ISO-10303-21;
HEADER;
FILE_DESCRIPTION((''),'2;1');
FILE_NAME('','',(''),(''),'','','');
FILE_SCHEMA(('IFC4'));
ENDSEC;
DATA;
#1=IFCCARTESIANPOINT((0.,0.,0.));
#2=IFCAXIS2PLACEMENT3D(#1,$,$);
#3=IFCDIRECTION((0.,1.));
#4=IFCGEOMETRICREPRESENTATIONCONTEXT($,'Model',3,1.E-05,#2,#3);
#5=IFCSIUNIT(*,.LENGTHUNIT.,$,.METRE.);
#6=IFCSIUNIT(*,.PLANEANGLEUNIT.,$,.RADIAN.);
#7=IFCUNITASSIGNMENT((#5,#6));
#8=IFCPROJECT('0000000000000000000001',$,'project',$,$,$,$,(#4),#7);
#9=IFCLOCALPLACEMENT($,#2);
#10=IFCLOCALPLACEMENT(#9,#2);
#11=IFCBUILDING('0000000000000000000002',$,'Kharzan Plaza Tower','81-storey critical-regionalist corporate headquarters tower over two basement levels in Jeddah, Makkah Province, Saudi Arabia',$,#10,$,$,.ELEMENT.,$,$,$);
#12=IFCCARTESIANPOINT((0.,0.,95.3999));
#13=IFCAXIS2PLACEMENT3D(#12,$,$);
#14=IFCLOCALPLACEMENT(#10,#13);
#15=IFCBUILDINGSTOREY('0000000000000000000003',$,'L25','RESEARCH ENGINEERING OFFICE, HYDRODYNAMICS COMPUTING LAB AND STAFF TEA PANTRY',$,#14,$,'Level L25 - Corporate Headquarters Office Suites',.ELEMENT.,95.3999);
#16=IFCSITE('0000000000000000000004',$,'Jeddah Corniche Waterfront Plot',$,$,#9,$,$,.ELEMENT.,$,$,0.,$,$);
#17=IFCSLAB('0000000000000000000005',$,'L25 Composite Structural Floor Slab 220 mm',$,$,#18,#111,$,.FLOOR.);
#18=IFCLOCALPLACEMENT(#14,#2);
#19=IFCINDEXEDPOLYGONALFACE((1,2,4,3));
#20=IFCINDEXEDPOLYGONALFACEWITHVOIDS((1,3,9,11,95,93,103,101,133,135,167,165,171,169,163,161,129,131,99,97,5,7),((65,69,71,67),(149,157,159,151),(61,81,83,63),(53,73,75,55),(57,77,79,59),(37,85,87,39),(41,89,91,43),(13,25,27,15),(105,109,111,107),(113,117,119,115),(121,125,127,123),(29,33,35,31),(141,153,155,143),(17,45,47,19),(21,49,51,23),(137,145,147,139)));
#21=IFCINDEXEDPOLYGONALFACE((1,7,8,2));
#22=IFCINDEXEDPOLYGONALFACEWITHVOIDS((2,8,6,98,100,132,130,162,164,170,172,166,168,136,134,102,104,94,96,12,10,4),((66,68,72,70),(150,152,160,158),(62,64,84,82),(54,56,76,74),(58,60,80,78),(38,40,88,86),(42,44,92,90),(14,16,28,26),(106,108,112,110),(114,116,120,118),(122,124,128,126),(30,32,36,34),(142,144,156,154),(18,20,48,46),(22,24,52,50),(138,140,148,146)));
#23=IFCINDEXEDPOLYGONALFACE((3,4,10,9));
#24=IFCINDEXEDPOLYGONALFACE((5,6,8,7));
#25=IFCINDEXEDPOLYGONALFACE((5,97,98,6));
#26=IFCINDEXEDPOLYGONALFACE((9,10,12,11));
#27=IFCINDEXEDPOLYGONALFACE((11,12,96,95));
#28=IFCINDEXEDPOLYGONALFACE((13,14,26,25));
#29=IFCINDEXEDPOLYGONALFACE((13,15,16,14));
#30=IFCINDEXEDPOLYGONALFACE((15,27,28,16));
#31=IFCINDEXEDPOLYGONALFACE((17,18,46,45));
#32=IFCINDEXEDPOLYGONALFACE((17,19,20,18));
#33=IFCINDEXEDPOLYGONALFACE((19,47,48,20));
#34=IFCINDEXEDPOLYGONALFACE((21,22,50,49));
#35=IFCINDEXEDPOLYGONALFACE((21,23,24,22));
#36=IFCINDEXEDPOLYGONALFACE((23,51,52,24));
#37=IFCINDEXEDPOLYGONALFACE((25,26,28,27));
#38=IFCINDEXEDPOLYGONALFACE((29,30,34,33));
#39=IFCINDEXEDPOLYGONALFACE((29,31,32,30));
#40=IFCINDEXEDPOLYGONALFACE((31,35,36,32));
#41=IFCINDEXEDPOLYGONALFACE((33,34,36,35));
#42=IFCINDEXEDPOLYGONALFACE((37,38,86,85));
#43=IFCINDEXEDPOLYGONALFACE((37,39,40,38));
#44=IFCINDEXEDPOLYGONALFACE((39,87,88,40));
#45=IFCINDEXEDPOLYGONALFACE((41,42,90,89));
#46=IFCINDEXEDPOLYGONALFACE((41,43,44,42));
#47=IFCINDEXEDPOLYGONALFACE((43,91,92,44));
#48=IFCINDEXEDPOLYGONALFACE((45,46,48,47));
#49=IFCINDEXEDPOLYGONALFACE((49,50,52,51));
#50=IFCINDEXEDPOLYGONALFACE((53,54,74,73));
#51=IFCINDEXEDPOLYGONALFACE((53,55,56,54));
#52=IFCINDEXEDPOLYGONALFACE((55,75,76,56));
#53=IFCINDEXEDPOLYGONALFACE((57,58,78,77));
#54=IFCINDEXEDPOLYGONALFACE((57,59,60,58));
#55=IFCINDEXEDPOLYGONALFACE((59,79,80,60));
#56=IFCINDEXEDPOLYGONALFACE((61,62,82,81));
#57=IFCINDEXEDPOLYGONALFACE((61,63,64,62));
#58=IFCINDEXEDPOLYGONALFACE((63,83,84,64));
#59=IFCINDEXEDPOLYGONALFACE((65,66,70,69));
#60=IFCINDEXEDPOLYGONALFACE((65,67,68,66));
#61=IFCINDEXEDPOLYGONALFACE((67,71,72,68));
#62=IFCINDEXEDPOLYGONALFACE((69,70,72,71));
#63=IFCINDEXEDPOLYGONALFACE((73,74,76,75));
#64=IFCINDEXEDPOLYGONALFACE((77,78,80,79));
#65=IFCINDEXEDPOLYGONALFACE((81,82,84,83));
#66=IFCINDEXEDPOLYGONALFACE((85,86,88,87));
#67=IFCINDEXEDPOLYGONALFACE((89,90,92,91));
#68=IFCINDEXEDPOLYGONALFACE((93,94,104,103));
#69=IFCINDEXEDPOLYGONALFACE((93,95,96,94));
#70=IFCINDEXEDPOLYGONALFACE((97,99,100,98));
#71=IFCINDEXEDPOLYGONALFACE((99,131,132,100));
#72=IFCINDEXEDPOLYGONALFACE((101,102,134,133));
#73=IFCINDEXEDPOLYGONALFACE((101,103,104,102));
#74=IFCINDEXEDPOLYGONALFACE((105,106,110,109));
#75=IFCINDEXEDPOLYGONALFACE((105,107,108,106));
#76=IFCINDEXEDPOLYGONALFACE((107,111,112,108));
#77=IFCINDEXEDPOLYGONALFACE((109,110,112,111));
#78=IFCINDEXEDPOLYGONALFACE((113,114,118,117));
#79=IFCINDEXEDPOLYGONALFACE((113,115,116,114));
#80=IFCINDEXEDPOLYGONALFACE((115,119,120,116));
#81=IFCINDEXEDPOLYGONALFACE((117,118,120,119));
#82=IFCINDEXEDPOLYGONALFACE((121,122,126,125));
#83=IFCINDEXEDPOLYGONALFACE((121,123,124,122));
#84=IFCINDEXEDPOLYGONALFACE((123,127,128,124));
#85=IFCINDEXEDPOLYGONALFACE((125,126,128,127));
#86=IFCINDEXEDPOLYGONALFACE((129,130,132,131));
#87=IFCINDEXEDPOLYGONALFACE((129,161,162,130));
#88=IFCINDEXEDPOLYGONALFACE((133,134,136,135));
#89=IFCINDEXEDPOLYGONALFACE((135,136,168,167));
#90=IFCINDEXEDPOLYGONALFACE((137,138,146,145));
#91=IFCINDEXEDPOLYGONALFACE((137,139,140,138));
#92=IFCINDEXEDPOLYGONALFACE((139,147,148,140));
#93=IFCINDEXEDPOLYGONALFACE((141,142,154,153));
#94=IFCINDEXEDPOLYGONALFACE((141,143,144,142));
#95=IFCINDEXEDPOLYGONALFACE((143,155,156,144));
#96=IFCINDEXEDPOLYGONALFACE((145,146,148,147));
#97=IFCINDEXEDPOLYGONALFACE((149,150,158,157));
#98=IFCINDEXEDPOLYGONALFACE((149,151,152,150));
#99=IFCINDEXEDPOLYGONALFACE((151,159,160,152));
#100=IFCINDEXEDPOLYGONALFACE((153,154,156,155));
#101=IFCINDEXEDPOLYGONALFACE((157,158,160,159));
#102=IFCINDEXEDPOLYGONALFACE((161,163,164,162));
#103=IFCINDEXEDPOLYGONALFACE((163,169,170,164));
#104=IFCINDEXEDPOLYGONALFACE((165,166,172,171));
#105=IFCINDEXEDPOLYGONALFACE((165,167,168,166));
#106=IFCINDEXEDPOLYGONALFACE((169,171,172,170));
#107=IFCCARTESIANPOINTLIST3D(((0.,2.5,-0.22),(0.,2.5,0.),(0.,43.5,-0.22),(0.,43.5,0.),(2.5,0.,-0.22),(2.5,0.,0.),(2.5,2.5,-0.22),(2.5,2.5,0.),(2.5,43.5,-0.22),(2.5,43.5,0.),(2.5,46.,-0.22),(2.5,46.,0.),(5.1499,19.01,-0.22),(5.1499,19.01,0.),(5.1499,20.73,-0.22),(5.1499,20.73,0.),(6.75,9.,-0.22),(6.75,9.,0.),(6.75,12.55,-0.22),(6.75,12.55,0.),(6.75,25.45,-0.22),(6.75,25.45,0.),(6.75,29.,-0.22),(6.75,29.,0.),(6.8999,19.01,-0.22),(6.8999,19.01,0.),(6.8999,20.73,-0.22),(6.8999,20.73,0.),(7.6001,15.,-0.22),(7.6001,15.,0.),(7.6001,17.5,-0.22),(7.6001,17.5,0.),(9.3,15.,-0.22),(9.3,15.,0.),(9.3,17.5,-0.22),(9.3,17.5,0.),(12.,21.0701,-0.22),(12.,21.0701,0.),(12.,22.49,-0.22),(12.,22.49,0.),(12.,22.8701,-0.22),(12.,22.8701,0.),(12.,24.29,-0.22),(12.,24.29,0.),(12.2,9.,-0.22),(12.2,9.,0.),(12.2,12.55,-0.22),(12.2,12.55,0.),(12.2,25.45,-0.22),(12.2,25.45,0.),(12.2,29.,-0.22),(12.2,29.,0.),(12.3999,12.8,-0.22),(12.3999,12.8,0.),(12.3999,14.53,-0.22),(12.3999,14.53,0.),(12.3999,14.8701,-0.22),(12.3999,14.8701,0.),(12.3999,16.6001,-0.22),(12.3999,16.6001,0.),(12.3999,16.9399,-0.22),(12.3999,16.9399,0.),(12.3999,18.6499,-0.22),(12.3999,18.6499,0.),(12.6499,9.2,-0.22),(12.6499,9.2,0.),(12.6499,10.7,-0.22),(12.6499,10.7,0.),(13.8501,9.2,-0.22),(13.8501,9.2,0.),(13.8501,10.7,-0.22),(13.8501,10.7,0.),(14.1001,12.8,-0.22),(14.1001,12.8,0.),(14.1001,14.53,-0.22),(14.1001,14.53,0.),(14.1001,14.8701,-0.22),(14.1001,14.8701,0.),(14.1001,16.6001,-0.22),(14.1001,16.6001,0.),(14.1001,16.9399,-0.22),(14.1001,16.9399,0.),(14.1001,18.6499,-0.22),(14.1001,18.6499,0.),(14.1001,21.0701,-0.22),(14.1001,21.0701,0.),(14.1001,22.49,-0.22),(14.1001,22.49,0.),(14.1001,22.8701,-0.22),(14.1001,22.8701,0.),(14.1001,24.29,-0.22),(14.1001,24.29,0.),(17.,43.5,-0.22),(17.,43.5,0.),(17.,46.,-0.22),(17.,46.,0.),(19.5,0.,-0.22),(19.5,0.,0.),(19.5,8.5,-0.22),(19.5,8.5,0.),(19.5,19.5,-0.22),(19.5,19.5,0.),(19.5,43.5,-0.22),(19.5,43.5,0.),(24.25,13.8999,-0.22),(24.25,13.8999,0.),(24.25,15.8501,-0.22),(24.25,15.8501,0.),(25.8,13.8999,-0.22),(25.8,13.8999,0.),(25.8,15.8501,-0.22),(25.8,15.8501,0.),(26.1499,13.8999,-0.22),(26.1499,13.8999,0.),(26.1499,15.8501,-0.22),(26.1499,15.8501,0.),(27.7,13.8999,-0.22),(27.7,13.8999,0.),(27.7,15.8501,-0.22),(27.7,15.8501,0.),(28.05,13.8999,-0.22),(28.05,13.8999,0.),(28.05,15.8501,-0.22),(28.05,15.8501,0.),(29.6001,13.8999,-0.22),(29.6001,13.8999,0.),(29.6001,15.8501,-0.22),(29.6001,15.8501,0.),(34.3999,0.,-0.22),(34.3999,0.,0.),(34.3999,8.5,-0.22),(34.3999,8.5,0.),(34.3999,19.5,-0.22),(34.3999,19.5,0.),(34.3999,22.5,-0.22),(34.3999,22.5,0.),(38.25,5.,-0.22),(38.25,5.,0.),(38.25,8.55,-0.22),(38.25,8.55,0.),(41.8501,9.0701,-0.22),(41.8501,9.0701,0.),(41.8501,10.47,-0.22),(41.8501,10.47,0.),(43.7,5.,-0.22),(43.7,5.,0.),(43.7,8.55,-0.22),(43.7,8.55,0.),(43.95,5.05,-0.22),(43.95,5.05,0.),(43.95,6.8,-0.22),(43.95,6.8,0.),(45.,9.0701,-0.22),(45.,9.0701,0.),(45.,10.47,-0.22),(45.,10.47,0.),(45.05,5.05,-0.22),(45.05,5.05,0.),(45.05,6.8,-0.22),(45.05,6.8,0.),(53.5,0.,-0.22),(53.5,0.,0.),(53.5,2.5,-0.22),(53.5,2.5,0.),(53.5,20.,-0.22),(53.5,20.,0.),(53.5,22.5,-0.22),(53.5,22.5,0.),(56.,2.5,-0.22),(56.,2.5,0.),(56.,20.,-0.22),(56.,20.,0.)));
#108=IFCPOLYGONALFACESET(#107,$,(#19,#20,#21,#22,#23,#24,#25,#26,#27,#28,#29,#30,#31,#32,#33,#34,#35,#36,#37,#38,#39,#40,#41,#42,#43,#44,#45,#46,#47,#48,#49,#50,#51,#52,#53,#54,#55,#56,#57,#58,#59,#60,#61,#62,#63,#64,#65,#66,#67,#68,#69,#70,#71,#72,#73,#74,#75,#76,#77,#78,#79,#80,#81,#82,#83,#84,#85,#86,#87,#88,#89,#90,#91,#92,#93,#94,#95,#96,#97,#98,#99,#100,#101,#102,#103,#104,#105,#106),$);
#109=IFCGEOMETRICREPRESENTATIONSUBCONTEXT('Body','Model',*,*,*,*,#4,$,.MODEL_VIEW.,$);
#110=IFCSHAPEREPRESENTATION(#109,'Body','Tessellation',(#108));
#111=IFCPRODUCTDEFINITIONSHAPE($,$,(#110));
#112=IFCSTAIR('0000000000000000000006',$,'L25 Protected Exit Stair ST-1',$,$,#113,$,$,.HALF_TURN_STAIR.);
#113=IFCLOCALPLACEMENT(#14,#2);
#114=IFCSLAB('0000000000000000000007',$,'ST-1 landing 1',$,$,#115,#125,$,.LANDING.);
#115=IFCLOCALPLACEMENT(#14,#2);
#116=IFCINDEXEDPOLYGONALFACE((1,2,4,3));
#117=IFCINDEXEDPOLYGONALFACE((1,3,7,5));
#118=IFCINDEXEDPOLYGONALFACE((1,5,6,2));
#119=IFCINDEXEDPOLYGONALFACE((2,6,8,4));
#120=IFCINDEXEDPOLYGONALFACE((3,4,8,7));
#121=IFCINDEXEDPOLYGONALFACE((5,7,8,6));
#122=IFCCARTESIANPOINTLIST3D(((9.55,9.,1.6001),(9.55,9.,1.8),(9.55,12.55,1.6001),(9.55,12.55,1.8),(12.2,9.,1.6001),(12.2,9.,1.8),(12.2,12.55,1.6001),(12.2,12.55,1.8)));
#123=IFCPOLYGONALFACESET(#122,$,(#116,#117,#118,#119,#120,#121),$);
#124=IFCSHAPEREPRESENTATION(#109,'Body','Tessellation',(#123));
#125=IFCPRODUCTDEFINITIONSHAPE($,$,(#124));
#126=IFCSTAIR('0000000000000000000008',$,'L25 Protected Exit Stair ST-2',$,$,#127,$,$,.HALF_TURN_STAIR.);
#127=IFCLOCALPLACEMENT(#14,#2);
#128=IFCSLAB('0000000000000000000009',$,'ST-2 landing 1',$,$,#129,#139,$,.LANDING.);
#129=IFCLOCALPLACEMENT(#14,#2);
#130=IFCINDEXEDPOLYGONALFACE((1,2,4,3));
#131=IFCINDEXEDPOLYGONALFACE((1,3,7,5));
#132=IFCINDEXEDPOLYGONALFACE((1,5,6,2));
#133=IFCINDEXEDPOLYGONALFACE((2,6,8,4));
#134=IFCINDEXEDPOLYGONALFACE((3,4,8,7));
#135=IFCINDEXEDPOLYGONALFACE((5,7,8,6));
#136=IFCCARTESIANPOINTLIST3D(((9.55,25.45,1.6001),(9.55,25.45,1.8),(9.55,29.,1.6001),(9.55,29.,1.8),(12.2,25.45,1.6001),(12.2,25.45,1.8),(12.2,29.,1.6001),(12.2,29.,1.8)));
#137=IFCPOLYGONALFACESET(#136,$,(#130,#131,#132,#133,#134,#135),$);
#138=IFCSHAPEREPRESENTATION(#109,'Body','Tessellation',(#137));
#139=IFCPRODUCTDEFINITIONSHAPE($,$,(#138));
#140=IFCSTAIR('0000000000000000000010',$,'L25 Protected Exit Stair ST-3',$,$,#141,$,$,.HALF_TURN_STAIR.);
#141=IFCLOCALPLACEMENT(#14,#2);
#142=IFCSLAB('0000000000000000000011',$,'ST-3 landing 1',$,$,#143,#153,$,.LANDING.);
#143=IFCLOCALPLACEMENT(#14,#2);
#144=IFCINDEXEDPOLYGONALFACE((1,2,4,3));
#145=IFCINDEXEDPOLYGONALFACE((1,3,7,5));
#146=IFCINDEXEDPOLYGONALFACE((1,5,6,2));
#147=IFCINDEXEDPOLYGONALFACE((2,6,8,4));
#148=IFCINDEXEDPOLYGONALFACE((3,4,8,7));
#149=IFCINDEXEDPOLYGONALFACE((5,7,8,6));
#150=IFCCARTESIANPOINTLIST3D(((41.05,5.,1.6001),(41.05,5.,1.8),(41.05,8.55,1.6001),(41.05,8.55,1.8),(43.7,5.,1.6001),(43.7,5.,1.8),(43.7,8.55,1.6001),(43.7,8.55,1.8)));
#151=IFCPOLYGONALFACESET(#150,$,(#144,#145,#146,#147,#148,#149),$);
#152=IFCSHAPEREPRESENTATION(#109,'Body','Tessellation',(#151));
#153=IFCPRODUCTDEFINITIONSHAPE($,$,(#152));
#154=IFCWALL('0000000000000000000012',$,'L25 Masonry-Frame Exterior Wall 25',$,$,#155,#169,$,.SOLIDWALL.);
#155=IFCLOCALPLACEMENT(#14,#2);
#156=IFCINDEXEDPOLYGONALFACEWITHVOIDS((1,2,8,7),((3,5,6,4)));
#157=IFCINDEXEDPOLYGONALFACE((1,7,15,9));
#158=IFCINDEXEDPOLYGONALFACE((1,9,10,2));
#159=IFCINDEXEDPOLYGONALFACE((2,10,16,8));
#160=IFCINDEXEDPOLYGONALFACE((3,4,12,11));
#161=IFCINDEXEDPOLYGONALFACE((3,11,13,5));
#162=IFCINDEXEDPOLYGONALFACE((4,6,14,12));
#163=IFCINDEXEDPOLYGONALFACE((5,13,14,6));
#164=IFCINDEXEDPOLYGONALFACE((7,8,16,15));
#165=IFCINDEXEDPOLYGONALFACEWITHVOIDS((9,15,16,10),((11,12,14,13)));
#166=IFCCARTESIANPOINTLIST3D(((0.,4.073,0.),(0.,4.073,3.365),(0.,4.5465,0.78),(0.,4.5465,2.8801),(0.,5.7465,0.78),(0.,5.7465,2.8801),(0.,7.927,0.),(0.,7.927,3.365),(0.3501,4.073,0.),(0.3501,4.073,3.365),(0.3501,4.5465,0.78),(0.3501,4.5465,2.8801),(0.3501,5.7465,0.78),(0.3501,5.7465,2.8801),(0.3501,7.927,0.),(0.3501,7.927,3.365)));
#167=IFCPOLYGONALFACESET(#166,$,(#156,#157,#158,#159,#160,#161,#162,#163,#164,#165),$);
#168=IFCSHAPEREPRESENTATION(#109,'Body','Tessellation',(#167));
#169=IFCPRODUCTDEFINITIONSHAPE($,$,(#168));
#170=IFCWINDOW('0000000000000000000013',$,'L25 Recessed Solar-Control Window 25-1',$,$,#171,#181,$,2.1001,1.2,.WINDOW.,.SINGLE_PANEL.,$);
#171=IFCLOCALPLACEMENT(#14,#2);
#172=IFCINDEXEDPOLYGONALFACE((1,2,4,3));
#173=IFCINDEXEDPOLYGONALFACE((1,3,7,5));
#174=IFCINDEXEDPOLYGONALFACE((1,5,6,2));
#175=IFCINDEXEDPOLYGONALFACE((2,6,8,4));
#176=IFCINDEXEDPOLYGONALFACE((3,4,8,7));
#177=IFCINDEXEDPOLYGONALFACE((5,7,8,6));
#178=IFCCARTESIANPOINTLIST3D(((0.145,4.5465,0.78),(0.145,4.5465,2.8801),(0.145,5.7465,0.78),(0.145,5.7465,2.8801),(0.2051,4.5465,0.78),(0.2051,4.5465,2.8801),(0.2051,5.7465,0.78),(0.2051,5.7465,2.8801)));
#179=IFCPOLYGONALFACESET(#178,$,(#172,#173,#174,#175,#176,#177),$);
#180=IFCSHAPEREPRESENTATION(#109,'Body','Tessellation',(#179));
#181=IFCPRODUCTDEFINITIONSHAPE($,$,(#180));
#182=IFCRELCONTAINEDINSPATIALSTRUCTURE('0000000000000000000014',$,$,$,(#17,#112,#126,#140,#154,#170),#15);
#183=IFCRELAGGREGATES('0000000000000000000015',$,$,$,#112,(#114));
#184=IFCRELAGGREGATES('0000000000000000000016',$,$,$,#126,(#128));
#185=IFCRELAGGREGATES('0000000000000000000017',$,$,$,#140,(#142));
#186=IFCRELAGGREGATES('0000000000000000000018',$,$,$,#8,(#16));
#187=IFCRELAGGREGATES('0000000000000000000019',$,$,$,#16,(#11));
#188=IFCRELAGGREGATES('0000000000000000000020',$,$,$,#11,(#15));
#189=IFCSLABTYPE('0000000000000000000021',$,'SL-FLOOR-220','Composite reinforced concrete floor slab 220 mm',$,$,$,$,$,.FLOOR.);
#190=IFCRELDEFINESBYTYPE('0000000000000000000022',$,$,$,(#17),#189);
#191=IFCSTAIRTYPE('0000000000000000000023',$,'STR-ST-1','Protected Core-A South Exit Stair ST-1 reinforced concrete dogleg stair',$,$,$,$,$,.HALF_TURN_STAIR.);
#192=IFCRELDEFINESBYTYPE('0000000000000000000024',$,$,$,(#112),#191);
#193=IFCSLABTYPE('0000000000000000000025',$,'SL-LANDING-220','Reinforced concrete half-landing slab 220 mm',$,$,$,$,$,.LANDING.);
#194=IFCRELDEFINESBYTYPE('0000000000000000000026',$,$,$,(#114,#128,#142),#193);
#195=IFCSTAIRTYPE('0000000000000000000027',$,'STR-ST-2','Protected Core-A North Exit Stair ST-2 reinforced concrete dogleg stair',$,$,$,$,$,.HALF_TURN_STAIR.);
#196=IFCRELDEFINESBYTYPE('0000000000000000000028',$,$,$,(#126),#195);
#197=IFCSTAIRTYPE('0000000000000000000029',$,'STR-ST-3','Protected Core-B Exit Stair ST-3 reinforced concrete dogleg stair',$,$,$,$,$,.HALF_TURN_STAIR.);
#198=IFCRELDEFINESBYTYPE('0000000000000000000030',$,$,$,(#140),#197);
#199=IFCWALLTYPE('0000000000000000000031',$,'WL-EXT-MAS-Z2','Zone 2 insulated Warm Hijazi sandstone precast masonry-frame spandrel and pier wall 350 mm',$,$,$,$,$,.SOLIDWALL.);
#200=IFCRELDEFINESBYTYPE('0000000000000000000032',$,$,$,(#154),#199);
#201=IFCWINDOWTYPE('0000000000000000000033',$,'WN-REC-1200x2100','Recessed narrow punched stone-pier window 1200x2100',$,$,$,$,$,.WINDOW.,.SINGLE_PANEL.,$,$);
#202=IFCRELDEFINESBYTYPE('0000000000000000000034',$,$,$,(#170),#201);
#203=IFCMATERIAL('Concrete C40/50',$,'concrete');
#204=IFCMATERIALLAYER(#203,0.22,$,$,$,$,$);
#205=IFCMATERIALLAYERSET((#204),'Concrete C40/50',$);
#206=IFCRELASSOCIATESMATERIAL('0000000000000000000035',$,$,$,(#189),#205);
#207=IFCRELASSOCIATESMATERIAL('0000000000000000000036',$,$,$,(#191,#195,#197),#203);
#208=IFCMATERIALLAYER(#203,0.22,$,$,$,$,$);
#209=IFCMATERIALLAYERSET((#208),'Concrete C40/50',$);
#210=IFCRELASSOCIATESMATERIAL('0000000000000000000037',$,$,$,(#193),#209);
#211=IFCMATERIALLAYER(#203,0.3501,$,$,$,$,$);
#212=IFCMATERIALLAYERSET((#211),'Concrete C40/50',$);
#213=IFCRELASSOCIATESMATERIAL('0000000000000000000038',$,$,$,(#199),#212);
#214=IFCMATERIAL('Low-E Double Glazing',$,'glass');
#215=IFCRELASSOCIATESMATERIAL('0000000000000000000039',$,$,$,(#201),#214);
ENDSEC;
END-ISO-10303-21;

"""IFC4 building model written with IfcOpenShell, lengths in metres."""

from ifc_helpers import new_model, si_unit, direction, frame, frame_2d, origin, place, context, subcontext, project, spatial, polyline, rectangle, outline, extrude, source, transform, mapped, material, layer, layer_set, type_object, element, fill, aggregate, save


model = new_model("IFC4")

# Units and contexts
model_context = context("Model", 3, precision=1e-05, world=origin(), true_north=direction((0.0, 1.0)))
body_context = subcontext(model_context, "Body", "Model", "MODEL_VIEW")
ifc_project = project(units=[si_unit("LENGTHUNIT", "METRE"), si_unit("PLANEANGLEUNIT", "RADIAN")], contexts=[model_context])

# Site, building, storey
site_placement = place(None, origin())
site = spatial("IfcSite", under=ifc_project, at=site_placement, Name="Jeddah Corniche Waterfront Plot", CompositionType="ELEMENT", RefElevation=0.0)
building_placement = place(site_placement, origin())
building = spatial("IfcBuilding", under=site, at=building_placement, Name="Kharzan Plaza Tower", Description="81-storey critical-regionalist corporate headquarters tower over two basement levels in Jeddah, Makkah Province, Saudi Arabia", CompositionType="ELEMENT")
storey_placement = place(building_placement, frame((0.0, 0.0, 95.3999)))
storey = spatial("IfcBuildingStorey", under=building, at=storey_placement, Name="L25", Description="RESEARCH ENGINEERING OFFICE, HYDRODYNAMICS COMPUTING LAB AND STAFF TEA PANTRY", LongName="Level L25 - Corporate Headquarters Office Suites", CompositionType="ELEMENT", Elevation=95.3999)

# Slab
ifc_material_1 = material(Name="Concrete C40/50", Category="concrete")
ifc_layer_1 = layer(ifc_material_1, 0.22)
ifc_layer_set_1 = layer_set([ifc_layer_1], Name="Concrete C40/50")
slab_type_1 = type_object("IfcSlabType", Name="SL-FLOOR-220", Description="Composite reinforced concrete floor slab 220 mm", PredefinedType="FLOOR", material=ifc_layer_set_1)
slab_1_placement = place(storey_placement, frame((0.0, 0.0, -0.22)))
element("IfcSlab", 1, at=slab_1_placement, inside=storey, type_object=slab_type_1, Name="L25 Composite Structural Floor Slab 220 mm", PredefinedType="FLOOR", context=body_context, shape_type="SweptSolid", body=[
    extrude(outline(polyline([(34.3999, 19.5), (19.5, 19.5), (19.5, 43.5), (17.0, 43.5), (17.0, 46.0), (2.5, 46.0), (2.5, 43.5), (0.0, 43.5), (0.0, 2.5), (2.5, 2.5), (2.5, 0.0), (19.5, 0.0), (19.5, 8.5), (34.3999, 8.5), (34.3999, 0.0), (53.5, 0.0), (53.5, 2.5), (56.0, 2.5), (56.0, 20.0), (53.5, 20.0), (53.5, 22.5), (34.3999, 22.5), (34.3999, 19.5)]), holes=[polyline([(12.2, 9.0), (12.2, 12.55), (6.75, 12.55), (6.75, 9.0), (12.2, 9.0)]), polyline([(14.1001, 12.8), (14.1001, 14.53), (12.3999, 14.53), (12.3999, 12.8), (14.1001, 12.8)]), polyline([(14.1001, 14.8701), (14.1001, 16.6001), (12.3999, 16.6001), (12.3999, 14.8701), (14.1001, 14.8701)]), polyline([(9.3, 15.0), (9.3, 17.5), (7.6001, 17.5), (7.6001, 15.0), (9.3, 15.0)]), polyline([(6.8999, 19.01), (6.8999, 20.73), (5.1499, 20.73), (5.1499, 19.01), (6.8999, 19.01)]), polyline([(14.1001, 21.0701), (14.1001, 22.49), (12.0, 22.49), (12.0, 21.0701), (14.1001, 21.0701)]), polyline([(14.1001, 22.8701), (14.1001, 24.29), (12.0, 24.29), (12.0, 22.8701), (14.1001, 22.8701)]), polyline([(12.2, 25.45), (12.2, 29.0), (6.75, 29.0), (6.75, 25.45), (12.2, 25.45)]), polyline([(45.05, 5.05), (45.05, 6.8), (43.95, 6.8), (43.95, 5.05), (45.05, 5.05)]), polyline([(43.7, 5.0), (43.7, 8.55), (38.25, 8.55), (38.25, 5.0), (43.7, 5.0)]), polyline([(45.0, 9.0701), (45.0, 10.47), (41.8501, 10.47), (41.8501, 9.0701), (45.0, 9.0701)]), polyline([(13.8501, 9.2), (13.8501, 10.7), (12.6499, 10.7), (12.6499, 9.2), (13.8501, 9.2)]), polyline([(25.8, 13.8999), (25.8, 15.8501), (24.25, 15.8501), (24.25, 13.8999), (25.8, 13.8999)]), polyline([(27.7, 13.8999), (27.7, 15.8501), (26.1499, 15.8501), (26.1499, 13.8999), (27.7, 13.8999)]), polyline([(29.6001, 13.8999), (29.6001, 15.8501), (28.05, 15.8501), (28.05, 13.8999), (29.6001, 13.8999)]), polyline([(14.1001, 16.9399), (14.1001, 18.6499), (12.3999, 18.6499), (12.3999, 16.9399), (14.1001, 16.9399)])]), origin(), (0.0, 0.0, 1.0), 0.22),
])

# Stairs, slabs
stair_type_1 = type_object("IfcStairType", Name="STR-ST-1", Description="Protected Core-A South Exit Stair ST-1 reinforced concrete dogleg stair", PredefinedType="HALF_TURN_STAIR", material=ifc_material_1)
stair_1_placement = place(storey_placement, origin())
stair_1 = element("IfcStair", 2, at=stair_1_placement, inside=storey, type_object=stair_type_1, Name="L25 Protected Exit Stair ST-1", PredefinedType="HALF_TURN_STAIR")
ifc_layer_2 = layer(ifc_material_1, 0.22)
ifc_layer_set_2 = layer_set([ifc_layer_2], Name="Concrete C40/50")
slab_type_2 = type_object("IfcSlabType", Name="SL-LANDING-220", Description="Reinforced concrete half-landing slab 220 mm", PredefinedType="LANDING", material=ifc_layer_set_2)
slab_2_placement = place(storey_placement, frame((0.0, 0.0, 1.6001)))
slab_2 = element("IfcSlab", 3, at=slab_2_placement, type_object=slab_type_2, Name="ST-1 landing 1", PredefinedType="LANDING", context=body_context, shape_type="SweptSolid", body=[
    extrude(outline(polyline([(9.55, 9.0), (12.2, 9.0), (12.2, 12.55), (9.55, 12.55), (9.55, 9.0)])), origin(), (0.0, 0.0, 1.0), 0.2),
])
aggregate(stair_1, [slab_2])
stair_type_2 = type_object("IfcStairType", Name="STR-ST-2", Description="Protected Core-A North Exit Stair ST-2 reinforced concrete dogleg stair", PredefinedType="HALF_TURN_STAIR", material=ifc_material_1)
stair_2_placement = place(storey_placement, origin())
stair_2 = element("IfcStair", 4, at=stair_2_placement, inside=storey, type_object=stair_type_2, Name="L25 Protected Exit Stair ST-2", PredefinedType="HALF_TURN_STAIR")
slab_3_placement = place(storey_placement, frame((0.0, 0.0, 1.6001)))
slab_3 = element("IfcSlab", 5, at=slab_3_placement, type_object=slab_type_2, Name="ST-2 landing 1", PredefinedType="LANDING", context=body_context, shape_type="SweptSolid", body=[
    extrude(outline(polyline([(9.55, 25.45), (12.2, 25.45), (12.2, 29.0), (9.55, 29.0), (9.55, 25.45)])), origin(), (0.0, 0.0, 1.0), 0.2),
])
aggregate(stair_2, [slab_3])
stair_type_3 = type_object("IfcStairType", Name="STR-ST-3", Description="Protected Core-B Exit Stair ST-3 reinforced concrete dogleg stair", PredefinedType="HALF_TURN_STAIR", material=ifc_material_1)
stair_3_placement = place(storey_placement, origin())
stair_3 = element("IfcStair", 6, at=stair_3_placement, inside=storey, type_object=stair_type_3, Name="L25 Protected Exit Stair ST-3", PredefinedType="HALF_TURN_STAIR")
slab_4_placement = place(storey_placement, frame((0.0, 0.0, 1.6001)))
slab_4 = element("IfcSlab", 7, at=slab_4_placement, type_object=slab_type_2, Name="ST-3 landing 1", PredefinedType="LANDING", context=body_context, shape_type="SweptSolid", body=[
    extrude(outline(polyline([(41.05, 5.0), (43.7, 5.0), (43.7, 8.55), (41.05, 8.55), (41.05, 5.0)])), origin(), (0.0, 0.0, 1.0), 0.2),
])
aggregate(stair_3, [slab_4])

# Wall, opening, window
ifc_layer_3 = layer(ifc_material_1, 0.3501)
ifc_layer_set_3 = layer_set([ifc_layer_3], Name="Concrete C40/50")
wall_type_1 = type_object("IfcWallType", Name="WL-EXT-MAS-Z2", Description="Zone 2 insulated Warm Hijazi sandstone precast masonry-frame spandrel and pier wall 350 mm", PredefinedType="SOLIDWALL", material=ifc_layer_set_3)
wall_1_placement = place(storey_placement, frame((0.175, 7.927, 0.0), z_axis=(0.0, 0.0, 1.0), x_axis=(0.0, -1.0, 0.0)))
wall_1 = element("IfcWall", 8, at=wall_1_placement, inside=storey, type_object=wall_type_1, Name="L25 Masonry-Frame Exterior Wall 25", PredefinedType="SOLIDWALL", context=body_context, shape_type="SweptSolid", body=[
    extrude(rectangle(XDim=3.854, YDim=0.3501, at=frame_2d((1.927, 0.0))), origin(), (0.0, 0.0, 1.0), 3.365),
])
opening_1_placement = place(wall_1_placement, frame((2.1804, 0.0, 0.78)))
opening_1 = element("IfcOpeningElement", 9, at=opening_1_placement, cuts=wall_1, PredefinedType="OPENING", context=body_context, shape_type="SweptSolid", body=[
    extrude(rectangle(XDim=1.2, YDim=2.1001, at=frame_2d((0.6001, 1.05))), frame((0.0, 0.1851, 0.0), z_axis=(0.0, -1.0, 0.0), x_axis=(1.0, 0.0, 0.0)), (0.0, 0.0, 1.0), 0.3701),
])
ifc_material_2 = material(Name="Low-E Double Glazing", Category="glass")
window_type_1 = type_object("IfcWindowType", Name="WN-REC-1200x2100", Description="Recessed narrow punched stone-pier window 1200x2100", PartitioningType="SINGLE_PANEL", PredefinedType="WINDOW", material=ifc_material_2)
shared_shape_1 = source(origin(), body_context, "Body", "SweptSolid", [
    extrude(rectangle(XDim=1.2, YDim=2.1001, at=frame_2d((0.6001, 1.05))), frame((0.0, 0.03, 0.0), z_axis=(0.0, -1.0, 0.0), x_axis=(1.0, 0.0, 0.0)), (0.0, 0.0, 1.0), 0.0601),
])
window_1_placement = place(opening_1_placement, origin())
window_1 = element("IfcWindow", 10, at=window_1_placement, inside=storey, type_object=window_type_1, Name="L25 Recessed Solar-Control Window 25-1", OverallHeight=2.1001, OverallWidth=1.2, PartitioningType="SINGLE_PANEL", PredefinedType="WINDOW", context=body_context, shape_type="MappedRepresentation", body=[
    mapped(shared_shape_1, transform((0.0, 0.0, 0.0), x_axis=(1.0, 0.0, 0.0), y_axis=(0.0, 1.0, 0.0), z_axis=(0.0, 0.0, 1.0))),
])
fill(opening_1, window_1)

save(model, "model.ifc")
